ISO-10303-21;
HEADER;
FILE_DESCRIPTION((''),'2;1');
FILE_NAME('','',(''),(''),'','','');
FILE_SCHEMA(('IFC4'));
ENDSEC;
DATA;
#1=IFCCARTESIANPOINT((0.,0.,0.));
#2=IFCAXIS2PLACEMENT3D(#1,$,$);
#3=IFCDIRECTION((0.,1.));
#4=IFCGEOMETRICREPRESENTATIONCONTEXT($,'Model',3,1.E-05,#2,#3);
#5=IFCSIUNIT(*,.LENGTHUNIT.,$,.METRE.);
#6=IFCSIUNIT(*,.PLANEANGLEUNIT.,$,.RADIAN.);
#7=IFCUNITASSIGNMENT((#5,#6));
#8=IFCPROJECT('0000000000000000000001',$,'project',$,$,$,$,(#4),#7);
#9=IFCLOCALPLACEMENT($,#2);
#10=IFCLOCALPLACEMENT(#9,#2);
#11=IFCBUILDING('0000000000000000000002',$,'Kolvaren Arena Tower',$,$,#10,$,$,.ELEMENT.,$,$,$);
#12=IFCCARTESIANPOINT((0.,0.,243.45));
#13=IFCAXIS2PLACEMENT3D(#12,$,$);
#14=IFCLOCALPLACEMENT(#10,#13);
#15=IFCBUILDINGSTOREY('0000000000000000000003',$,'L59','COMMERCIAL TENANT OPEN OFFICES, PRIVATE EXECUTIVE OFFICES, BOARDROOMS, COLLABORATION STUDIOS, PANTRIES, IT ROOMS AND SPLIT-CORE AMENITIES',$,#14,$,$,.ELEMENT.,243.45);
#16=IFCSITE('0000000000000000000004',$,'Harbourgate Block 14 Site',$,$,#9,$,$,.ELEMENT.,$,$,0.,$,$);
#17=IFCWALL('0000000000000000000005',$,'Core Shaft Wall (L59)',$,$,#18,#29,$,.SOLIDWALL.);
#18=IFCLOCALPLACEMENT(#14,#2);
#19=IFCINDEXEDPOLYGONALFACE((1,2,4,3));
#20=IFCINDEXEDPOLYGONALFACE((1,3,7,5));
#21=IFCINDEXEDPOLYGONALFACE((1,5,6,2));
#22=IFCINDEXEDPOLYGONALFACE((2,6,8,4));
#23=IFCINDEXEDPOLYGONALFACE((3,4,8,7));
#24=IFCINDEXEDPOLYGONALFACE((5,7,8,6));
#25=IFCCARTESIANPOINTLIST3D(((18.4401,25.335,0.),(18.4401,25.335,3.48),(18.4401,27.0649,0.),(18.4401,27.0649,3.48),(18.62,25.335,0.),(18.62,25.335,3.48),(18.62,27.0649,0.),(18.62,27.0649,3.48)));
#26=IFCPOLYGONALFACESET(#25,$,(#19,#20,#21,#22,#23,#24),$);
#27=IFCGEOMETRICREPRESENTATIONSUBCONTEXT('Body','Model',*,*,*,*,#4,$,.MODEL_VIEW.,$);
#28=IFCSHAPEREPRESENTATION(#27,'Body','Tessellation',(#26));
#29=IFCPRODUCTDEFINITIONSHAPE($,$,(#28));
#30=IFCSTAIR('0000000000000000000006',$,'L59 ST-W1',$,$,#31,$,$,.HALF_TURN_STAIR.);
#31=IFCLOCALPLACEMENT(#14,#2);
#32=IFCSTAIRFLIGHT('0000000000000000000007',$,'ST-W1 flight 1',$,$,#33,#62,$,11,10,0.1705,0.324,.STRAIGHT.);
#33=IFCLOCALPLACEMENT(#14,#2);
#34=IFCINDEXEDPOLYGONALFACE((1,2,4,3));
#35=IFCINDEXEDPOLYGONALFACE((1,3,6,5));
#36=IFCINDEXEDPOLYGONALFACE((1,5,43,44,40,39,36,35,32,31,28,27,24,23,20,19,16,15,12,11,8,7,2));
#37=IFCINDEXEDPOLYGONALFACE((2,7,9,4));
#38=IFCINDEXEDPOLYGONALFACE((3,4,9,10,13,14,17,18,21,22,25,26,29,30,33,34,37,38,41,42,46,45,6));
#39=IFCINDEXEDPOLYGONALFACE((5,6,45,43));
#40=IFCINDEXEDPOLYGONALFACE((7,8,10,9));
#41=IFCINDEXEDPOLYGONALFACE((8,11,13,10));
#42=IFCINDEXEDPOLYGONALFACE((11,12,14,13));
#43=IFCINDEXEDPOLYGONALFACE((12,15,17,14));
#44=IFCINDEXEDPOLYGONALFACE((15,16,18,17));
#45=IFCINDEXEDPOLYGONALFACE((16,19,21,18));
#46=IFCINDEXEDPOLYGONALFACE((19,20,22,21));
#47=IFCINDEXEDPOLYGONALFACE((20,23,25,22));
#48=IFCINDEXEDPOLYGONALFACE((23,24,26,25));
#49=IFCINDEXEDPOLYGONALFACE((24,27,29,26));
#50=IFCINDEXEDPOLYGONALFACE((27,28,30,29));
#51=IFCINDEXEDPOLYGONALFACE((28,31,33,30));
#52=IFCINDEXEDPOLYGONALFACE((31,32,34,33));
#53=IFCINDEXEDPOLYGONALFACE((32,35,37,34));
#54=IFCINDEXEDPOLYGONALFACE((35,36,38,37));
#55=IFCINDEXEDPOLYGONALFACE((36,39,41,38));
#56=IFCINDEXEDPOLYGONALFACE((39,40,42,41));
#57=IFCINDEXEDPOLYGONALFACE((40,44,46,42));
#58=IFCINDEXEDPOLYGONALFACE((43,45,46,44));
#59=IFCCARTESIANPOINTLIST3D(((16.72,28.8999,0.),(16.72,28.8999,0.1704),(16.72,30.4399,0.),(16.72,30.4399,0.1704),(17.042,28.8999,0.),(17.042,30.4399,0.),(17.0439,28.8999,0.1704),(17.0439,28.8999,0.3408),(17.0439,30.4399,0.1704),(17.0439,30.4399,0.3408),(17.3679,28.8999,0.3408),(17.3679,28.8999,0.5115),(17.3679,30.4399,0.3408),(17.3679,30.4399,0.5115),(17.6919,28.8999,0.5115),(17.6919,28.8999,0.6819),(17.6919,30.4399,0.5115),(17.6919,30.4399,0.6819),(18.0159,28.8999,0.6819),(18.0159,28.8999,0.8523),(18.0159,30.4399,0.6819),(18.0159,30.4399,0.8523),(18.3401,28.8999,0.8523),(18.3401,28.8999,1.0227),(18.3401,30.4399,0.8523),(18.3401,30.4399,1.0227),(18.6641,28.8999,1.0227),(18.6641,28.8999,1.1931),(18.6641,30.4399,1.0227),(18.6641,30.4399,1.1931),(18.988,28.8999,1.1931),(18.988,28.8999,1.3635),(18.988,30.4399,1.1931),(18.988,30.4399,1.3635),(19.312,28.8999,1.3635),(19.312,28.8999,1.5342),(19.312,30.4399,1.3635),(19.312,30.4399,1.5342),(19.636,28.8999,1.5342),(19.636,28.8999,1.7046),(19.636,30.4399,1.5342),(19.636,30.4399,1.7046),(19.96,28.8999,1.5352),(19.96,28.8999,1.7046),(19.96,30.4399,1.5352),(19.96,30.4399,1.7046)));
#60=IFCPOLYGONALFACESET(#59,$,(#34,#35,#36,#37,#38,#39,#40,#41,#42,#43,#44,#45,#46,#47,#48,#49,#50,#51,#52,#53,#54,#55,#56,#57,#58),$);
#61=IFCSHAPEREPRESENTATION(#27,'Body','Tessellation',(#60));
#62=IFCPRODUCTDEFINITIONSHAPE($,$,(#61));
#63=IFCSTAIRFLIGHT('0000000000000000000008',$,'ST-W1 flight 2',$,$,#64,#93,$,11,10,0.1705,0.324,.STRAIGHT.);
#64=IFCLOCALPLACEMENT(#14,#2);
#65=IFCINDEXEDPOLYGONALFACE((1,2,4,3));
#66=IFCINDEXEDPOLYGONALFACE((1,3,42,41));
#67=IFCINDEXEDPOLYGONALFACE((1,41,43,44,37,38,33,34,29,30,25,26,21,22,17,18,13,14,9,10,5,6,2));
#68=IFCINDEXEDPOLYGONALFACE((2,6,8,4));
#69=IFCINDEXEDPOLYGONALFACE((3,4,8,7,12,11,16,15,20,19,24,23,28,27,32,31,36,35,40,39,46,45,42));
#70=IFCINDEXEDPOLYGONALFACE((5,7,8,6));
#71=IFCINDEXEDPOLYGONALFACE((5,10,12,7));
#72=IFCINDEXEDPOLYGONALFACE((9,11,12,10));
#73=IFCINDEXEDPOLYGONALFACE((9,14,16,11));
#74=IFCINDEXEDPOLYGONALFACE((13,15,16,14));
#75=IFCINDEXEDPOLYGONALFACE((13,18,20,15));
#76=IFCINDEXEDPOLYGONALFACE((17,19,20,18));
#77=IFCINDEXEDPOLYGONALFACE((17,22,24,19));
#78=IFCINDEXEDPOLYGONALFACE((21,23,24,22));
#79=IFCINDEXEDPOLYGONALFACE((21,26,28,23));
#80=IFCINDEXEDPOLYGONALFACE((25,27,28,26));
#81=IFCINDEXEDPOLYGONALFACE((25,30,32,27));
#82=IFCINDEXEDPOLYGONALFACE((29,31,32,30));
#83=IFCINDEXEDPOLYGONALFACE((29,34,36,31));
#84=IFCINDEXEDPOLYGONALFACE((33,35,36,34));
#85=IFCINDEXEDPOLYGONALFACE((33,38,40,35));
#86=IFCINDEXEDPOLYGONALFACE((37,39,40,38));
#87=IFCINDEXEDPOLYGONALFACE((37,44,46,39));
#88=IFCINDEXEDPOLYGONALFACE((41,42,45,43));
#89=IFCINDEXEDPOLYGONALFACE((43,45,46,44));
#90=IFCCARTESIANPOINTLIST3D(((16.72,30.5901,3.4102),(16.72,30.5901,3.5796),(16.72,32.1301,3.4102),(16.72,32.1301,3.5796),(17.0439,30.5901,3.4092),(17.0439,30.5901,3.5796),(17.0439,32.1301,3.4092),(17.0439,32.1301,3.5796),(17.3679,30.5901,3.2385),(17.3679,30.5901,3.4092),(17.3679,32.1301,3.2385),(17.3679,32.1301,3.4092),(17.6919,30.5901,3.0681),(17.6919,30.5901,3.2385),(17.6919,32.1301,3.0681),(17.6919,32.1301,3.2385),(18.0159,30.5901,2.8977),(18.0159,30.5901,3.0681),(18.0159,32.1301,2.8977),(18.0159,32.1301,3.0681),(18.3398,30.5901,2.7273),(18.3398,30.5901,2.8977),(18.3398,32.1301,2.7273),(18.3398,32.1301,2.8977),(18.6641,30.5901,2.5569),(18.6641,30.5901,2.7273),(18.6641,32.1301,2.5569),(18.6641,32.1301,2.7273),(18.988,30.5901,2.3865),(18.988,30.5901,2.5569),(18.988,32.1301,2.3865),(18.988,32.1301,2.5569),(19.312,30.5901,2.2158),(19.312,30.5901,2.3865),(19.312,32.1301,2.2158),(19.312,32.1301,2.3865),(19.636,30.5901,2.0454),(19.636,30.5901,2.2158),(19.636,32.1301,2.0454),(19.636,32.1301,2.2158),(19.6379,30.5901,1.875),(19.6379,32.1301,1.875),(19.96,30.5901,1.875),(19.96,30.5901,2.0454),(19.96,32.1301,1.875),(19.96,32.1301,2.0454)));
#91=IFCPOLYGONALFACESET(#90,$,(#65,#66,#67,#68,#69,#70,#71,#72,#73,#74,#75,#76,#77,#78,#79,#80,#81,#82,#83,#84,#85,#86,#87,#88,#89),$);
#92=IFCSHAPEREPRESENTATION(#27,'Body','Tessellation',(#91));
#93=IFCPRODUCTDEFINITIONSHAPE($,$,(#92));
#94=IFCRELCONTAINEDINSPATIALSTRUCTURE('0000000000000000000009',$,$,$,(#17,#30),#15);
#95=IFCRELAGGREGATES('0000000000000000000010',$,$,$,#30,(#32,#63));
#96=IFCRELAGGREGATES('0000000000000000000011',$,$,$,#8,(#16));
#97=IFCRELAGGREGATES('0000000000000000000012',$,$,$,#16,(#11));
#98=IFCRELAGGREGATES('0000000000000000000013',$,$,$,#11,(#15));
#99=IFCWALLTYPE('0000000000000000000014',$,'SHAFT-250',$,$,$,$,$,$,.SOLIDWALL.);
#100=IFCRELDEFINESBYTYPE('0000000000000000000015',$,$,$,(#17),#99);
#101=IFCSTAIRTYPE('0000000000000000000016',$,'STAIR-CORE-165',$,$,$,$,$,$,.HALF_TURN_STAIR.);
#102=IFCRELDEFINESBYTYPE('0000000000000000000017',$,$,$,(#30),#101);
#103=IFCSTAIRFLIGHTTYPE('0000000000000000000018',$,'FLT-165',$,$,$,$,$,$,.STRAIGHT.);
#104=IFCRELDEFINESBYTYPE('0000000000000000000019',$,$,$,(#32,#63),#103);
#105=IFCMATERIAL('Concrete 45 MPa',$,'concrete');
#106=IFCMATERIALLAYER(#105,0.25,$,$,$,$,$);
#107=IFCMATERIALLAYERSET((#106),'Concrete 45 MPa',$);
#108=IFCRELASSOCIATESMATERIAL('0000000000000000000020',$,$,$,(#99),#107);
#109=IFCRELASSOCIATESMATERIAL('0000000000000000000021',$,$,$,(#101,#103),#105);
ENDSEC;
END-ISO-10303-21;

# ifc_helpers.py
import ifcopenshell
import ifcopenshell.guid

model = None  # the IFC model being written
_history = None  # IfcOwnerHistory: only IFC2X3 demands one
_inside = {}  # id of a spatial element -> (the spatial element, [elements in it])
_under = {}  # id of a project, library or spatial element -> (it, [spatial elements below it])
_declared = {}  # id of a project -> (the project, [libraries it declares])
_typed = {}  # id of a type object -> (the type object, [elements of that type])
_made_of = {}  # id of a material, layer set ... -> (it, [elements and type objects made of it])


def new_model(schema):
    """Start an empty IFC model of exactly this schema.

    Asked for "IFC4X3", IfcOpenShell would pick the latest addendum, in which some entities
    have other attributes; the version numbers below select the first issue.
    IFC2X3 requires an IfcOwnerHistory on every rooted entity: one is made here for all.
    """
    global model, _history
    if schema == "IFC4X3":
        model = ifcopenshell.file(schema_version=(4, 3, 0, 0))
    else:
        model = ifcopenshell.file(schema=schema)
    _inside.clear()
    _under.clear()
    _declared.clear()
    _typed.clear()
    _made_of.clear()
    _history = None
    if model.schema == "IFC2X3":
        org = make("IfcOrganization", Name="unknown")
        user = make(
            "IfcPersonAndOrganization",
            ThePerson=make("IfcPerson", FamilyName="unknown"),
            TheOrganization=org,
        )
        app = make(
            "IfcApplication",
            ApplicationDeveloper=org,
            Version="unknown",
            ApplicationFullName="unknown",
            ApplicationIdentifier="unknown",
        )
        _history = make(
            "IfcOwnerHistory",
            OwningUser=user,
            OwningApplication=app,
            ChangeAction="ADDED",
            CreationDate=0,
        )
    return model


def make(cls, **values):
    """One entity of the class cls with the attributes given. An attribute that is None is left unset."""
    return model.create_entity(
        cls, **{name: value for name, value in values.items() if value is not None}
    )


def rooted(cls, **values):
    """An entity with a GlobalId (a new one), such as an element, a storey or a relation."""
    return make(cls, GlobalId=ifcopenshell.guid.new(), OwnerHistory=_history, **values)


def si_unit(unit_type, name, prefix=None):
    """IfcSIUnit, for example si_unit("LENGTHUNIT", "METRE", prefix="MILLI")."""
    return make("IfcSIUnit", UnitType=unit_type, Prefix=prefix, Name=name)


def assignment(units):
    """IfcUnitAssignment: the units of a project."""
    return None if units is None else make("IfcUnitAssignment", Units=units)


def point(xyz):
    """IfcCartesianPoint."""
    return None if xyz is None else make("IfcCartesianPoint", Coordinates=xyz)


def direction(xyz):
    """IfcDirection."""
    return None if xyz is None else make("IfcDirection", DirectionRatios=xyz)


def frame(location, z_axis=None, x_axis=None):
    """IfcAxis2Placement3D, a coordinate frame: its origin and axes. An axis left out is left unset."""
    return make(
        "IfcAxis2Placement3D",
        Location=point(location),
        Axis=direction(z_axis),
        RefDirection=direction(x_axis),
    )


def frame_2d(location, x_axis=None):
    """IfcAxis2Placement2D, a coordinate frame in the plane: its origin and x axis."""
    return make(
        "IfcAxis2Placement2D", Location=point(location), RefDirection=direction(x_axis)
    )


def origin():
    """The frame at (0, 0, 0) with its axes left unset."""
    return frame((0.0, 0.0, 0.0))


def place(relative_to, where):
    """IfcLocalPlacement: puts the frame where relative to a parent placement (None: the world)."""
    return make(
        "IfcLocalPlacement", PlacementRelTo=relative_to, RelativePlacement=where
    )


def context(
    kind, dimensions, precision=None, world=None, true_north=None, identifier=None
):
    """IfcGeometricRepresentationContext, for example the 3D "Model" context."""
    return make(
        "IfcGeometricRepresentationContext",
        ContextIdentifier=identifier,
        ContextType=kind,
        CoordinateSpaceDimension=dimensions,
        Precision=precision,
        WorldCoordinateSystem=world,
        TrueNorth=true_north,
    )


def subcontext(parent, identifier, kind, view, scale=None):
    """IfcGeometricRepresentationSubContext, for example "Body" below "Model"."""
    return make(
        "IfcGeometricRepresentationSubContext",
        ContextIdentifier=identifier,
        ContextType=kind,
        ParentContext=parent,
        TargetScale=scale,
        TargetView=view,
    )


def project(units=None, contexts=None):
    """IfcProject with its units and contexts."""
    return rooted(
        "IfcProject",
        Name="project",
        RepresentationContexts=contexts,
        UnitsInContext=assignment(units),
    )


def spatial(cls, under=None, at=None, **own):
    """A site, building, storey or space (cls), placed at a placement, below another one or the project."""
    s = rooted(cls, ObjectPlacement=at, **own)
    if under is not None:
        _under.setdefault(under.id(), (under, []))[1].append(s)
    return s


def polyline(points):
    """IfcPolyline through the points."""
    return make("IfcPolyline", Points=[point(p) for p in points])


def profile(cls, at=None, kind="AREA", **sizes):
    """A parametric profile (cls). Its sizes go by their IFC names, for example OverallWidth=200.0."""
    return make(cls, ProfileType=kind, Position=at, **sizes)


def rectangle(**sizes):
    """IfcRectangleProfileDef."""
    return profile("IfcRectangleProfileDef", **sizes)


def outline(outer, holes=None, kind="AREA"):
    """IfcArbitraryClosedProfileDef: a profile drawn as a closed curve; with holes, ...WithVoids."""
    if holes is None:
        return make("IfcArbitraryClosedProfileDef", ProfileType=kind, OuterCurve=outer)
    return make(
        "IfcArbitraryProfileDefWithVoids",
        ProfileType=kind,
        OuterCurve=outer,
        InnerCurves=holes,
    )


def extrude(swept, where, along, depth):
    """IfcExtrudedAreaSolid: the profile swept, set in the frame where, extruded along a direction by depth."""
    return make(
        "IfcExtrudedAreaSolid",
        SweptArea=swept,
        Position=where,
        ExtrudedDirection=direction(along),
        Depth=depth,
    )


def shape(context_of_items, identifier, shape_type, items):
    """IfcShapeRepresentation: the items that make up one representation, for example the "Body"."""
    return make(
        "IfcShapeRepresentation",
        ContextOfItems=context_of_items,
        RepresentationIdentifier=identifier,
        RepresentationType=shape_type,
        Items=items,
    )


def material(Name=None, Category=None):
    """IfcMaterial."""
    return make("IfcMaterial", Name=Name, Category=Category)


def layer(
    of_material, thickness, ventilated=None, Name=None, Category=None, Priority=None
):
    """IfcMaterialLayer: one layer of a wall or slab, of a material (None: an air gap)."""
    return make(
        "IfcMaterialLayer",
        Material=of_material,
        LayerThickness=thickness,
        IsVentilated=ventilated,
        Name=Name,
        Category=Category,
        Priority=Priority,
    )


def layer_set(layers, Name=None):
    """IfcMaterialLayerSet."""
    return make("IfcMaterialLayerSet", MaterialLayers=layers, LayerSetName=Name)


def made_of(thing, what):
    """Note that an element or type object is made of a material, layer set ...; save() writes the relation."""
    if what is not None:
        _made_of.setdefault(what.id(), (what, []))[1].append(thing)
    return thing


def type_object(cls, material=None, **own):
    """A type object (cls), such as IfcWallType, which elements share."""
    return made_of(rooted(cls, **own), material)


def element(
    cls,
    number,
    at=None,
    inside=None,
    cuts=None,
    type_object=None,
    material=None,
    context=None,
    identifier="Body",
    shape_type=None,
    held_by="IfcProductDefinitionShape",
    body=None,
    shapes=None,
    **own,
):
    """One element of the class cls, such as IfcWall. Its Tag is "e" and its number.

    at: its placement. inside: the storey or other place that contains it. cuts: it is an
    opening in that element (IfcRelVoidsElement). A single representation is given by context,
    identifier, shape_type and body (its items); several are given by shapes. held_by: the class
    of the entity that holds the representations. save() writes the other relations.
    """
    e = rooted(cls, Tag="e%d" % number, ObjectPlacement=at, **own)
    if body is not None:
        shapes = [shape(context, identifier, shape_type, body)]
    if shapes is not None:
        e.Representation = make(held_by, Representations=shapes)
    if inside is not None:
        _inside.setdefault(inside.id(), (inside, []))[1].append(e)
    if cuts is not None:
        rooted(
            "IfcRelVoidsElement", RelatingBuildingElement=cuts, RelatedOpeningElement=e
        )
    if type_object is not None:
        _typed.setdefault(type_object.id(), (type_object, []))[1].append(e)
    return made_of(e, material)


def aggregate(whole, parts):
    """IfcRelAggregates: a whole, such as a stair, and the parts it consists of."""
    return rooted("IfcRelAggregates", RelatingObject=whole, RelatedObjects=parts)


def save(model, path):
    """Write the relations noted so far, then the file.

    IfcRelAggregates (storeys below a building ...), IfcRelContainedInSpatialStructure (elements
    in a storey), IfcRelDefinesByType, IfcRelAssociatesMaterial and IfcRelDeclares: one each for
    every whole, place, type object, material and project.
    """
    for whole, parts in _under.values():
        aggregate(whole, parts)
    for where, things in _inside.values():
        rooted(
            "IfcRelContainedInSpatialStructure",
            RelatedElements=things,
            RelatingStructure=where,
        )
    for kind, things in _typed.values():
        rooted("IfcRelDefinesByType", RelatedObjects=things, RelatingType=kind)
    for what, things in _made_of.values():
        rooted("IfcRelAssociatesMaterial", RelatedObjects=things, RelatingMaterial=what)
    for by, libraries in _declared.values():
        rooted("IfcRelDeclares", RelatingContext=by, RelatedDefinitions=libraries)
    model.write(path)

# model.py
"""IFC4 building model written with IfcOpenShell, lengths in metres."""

from ifc_helpers import new_model, si_unit, direction, frame, frame_2d, origin, place, context, subcontext, project, spatial, polyline, rectangle, outline, extrude, material, layer, layer_set, type_object, element, aggregate, save


model = new_model("IFC4")

# Units and contexts
model_context = context("Model", 3, precision=1e-05, world=origin(), true_north=direction((0.0, 1.0)))
body_context = subcontext(model_context, "Body", "Model", "MODEL_VIEW")
ifc_project = project(units=[si_unit("LENGTHUNIT", "METRE"), si_unit("PLANEANGLEUNIT", "RADIAN")], contexts=[model_context])

# Site, building, storey
site_placement = place(None, origin())
site = spatial("IfcSite", under=ifc_project, at=site_placement, Name="Harbourgate Block 14 Site", CompositionType="ELEMENT", RefElevation=0.0)
building_placement = place(site_placement, origin())
building = spatial("IfcBuilding", under=site, at=building_placement, Name="Kolvaren Arena Tower", CompositionType="ELEMENT")
storey_placement = place(building_placement, frame((0.0, 0.0, 243.45)))
storey = spatial("IfcBuildingStorey", under=building, at=storey_placement, Name="L59", Description="COMMERCIAL TENANT OPEN OFFICES, PRIVATE EXECUTIVE OFFICES, BOARDROOMS, COLLABORATION STUDIOS, PANTRIES, IT ROOMS AND SPLIT-CORE AMENITIES", CompositionType="ELEMENT", Elevation=243.45)

# Shared definitions
ifc_material_1 = material(Name="Concrete 45 MPa", Category="concrete")
ifc_layer_1 = layer(ifc_material_1, 0.25)
ifc_layer_set_1 = layer_set([ifc_layer_1], Name="Concrete 45 MPa")
wall_type_1 = type_object("IfcWallType", Name="SHAFT-250", PredefinedType="SOLIDWALL", material=ifc_layer_set_1)

# Wall
for number, where, z_axis, x_axis, name in (
    (1, (18.53, 25.335, 0.0), (0.0, 0.0, 1.0), (0.0, 1.0, 0.0), "Core Shaft Wall (L59)"),
):
    element("IfcWall", number, at=place(storey_placement, frame(where, z_axis=z_axis, x_axis=x_axis)), inside=storey, type_object=wall_type_1, Name=name, PredefinedType="SOLIDWALL", context=body_context, shape_type="SweptSolid", body=[
        extrude(rectangle(XDim=1.73, YDim=0.1799, at=frame_2d((0.865, 0.0))), origin(), (0.0, 0.0, 1.0), 3.48),
    ])

# Stair, stair flights
stair_type = type_object("IfcStairType", Name="STAIR-CORE-165", PredefinedType="HALF_TURN_STAIR", material=ifc_material_1)
stair_placement = place(storey_placement, origin())
stair = element("IfcStair", 2, at=stair_placement, inside=storey, type_object=stair_type, Name="L59 ST-W1", PredefinedType="HALF_TURN_STAIR")
stair_flight_type = type_object("IfcStairFlightType", Name="FLT-165", PredefinedType="STRAIGHT", material=ifc_material_1)
stair_flight_1_placement = place(storey_placement, frame((16.72, 29.6699, 0.0), z_axis=(0.0, 0.0, 1.0), x_axis=(1.0, 0.0, 0.0)))
stair_flight_1 = element("IfcStairFlight", 3, at=stair_flight_1_placement, type_object=stair_flight_type, Name="ST-W1 flight 1", NumberOfRisers=11, NumberOfTreads=10, PredefinedType="STRAIGHT", RiserHeight=0.1705, TreadLength=0.324, context=body_context, shape_type="SweptSolid", body=[
    extrude(outline(polyline([(0.0, 0.0), (0.0, 0.1704), (0.324, 0.1704), (0.324, 0.3408), (0.6479, 0.3408), (0.6479, 0.5115), (0.9719, 0.5115), (0.9719, 0.6819), (1.2959, 0.6819), (1.2959, 0.8523), (1.6201, 0.8523), (1.6201, 1.0227), (1.9441, 1.0227), (1.9441, 1.1931), (2.2681, 1.1931), (2.2681, 1.3635), (2.592, 1.3635), (2.592, 1.5342), (2.916, 1.5342), (2.916, 1.7046), (3.24, 1.7046), (3.24, 1.875), (3.24, 1.5352), (0.322, 0.0), (0.0, 0.0)])), frame((0.0, 0.77, 0.0), z_axis=(0.0, -1.0, 0.0), x_axis=(1.0, 0.0, 0.0)), (0.0, 0.0, 1.0), 1.54),
])
stair_flight_2_placement = place(storey_placement, frame((19.96, 31.3601, 1.875), z_axis=(0.0, 0.0, 1.0), x_axis=(-1.0, 0.0, 0.0)))
stair_flight_2 = element("IfcStairFlight", 4, at=stair_flight_2_placement, type_object=stair_flight_type, Name="ST-W1 flight 2", NumberOfRisers=11, NumberOfTreads=10, PredefinedType="STRAIGHT", RiserHeight=0.1705, TreadLength=0.324, context=body_context, shape_type="SweptSolid", body=[
    extrude(outline(polyline([(0.0, 0.0), (0.0, 0.1704), (0.324, 0.1704), (0.324, 0.3408), (0.6479, 0.3408), (0.6479, 0.5115), (0.9719, 0.5115), (0.9719, 0.6819), (1.2959, 0.6819), (1.2959, 0.8523), (1.6201, 0.8523), (1.6201, 1.0227), (1.9441, 1.0227), (1.9441, 1.1931), (2.2681, 1.1931), (2.2681, 1.3635), (2.592, 1.3635), (2.592, 1.5342), (2.916, 1.5342), (2.916, 1.7046), (3.24, 1.7046), (3.24, 1.875), (3.24, 1.5352), (0.322, 0.0), (0.0, 0.0)])), frame((0.0, 0.77, 0.0), z_axis=(0.0, -1.0, 0.0), x_axis=(1.0, 0.0, 0.0)), (0.0, 0.0, 1.0), 1.54),
])
aggregate(stair, [stair_flight_1, stair_flight_2])

save(model, "model.ifc")
